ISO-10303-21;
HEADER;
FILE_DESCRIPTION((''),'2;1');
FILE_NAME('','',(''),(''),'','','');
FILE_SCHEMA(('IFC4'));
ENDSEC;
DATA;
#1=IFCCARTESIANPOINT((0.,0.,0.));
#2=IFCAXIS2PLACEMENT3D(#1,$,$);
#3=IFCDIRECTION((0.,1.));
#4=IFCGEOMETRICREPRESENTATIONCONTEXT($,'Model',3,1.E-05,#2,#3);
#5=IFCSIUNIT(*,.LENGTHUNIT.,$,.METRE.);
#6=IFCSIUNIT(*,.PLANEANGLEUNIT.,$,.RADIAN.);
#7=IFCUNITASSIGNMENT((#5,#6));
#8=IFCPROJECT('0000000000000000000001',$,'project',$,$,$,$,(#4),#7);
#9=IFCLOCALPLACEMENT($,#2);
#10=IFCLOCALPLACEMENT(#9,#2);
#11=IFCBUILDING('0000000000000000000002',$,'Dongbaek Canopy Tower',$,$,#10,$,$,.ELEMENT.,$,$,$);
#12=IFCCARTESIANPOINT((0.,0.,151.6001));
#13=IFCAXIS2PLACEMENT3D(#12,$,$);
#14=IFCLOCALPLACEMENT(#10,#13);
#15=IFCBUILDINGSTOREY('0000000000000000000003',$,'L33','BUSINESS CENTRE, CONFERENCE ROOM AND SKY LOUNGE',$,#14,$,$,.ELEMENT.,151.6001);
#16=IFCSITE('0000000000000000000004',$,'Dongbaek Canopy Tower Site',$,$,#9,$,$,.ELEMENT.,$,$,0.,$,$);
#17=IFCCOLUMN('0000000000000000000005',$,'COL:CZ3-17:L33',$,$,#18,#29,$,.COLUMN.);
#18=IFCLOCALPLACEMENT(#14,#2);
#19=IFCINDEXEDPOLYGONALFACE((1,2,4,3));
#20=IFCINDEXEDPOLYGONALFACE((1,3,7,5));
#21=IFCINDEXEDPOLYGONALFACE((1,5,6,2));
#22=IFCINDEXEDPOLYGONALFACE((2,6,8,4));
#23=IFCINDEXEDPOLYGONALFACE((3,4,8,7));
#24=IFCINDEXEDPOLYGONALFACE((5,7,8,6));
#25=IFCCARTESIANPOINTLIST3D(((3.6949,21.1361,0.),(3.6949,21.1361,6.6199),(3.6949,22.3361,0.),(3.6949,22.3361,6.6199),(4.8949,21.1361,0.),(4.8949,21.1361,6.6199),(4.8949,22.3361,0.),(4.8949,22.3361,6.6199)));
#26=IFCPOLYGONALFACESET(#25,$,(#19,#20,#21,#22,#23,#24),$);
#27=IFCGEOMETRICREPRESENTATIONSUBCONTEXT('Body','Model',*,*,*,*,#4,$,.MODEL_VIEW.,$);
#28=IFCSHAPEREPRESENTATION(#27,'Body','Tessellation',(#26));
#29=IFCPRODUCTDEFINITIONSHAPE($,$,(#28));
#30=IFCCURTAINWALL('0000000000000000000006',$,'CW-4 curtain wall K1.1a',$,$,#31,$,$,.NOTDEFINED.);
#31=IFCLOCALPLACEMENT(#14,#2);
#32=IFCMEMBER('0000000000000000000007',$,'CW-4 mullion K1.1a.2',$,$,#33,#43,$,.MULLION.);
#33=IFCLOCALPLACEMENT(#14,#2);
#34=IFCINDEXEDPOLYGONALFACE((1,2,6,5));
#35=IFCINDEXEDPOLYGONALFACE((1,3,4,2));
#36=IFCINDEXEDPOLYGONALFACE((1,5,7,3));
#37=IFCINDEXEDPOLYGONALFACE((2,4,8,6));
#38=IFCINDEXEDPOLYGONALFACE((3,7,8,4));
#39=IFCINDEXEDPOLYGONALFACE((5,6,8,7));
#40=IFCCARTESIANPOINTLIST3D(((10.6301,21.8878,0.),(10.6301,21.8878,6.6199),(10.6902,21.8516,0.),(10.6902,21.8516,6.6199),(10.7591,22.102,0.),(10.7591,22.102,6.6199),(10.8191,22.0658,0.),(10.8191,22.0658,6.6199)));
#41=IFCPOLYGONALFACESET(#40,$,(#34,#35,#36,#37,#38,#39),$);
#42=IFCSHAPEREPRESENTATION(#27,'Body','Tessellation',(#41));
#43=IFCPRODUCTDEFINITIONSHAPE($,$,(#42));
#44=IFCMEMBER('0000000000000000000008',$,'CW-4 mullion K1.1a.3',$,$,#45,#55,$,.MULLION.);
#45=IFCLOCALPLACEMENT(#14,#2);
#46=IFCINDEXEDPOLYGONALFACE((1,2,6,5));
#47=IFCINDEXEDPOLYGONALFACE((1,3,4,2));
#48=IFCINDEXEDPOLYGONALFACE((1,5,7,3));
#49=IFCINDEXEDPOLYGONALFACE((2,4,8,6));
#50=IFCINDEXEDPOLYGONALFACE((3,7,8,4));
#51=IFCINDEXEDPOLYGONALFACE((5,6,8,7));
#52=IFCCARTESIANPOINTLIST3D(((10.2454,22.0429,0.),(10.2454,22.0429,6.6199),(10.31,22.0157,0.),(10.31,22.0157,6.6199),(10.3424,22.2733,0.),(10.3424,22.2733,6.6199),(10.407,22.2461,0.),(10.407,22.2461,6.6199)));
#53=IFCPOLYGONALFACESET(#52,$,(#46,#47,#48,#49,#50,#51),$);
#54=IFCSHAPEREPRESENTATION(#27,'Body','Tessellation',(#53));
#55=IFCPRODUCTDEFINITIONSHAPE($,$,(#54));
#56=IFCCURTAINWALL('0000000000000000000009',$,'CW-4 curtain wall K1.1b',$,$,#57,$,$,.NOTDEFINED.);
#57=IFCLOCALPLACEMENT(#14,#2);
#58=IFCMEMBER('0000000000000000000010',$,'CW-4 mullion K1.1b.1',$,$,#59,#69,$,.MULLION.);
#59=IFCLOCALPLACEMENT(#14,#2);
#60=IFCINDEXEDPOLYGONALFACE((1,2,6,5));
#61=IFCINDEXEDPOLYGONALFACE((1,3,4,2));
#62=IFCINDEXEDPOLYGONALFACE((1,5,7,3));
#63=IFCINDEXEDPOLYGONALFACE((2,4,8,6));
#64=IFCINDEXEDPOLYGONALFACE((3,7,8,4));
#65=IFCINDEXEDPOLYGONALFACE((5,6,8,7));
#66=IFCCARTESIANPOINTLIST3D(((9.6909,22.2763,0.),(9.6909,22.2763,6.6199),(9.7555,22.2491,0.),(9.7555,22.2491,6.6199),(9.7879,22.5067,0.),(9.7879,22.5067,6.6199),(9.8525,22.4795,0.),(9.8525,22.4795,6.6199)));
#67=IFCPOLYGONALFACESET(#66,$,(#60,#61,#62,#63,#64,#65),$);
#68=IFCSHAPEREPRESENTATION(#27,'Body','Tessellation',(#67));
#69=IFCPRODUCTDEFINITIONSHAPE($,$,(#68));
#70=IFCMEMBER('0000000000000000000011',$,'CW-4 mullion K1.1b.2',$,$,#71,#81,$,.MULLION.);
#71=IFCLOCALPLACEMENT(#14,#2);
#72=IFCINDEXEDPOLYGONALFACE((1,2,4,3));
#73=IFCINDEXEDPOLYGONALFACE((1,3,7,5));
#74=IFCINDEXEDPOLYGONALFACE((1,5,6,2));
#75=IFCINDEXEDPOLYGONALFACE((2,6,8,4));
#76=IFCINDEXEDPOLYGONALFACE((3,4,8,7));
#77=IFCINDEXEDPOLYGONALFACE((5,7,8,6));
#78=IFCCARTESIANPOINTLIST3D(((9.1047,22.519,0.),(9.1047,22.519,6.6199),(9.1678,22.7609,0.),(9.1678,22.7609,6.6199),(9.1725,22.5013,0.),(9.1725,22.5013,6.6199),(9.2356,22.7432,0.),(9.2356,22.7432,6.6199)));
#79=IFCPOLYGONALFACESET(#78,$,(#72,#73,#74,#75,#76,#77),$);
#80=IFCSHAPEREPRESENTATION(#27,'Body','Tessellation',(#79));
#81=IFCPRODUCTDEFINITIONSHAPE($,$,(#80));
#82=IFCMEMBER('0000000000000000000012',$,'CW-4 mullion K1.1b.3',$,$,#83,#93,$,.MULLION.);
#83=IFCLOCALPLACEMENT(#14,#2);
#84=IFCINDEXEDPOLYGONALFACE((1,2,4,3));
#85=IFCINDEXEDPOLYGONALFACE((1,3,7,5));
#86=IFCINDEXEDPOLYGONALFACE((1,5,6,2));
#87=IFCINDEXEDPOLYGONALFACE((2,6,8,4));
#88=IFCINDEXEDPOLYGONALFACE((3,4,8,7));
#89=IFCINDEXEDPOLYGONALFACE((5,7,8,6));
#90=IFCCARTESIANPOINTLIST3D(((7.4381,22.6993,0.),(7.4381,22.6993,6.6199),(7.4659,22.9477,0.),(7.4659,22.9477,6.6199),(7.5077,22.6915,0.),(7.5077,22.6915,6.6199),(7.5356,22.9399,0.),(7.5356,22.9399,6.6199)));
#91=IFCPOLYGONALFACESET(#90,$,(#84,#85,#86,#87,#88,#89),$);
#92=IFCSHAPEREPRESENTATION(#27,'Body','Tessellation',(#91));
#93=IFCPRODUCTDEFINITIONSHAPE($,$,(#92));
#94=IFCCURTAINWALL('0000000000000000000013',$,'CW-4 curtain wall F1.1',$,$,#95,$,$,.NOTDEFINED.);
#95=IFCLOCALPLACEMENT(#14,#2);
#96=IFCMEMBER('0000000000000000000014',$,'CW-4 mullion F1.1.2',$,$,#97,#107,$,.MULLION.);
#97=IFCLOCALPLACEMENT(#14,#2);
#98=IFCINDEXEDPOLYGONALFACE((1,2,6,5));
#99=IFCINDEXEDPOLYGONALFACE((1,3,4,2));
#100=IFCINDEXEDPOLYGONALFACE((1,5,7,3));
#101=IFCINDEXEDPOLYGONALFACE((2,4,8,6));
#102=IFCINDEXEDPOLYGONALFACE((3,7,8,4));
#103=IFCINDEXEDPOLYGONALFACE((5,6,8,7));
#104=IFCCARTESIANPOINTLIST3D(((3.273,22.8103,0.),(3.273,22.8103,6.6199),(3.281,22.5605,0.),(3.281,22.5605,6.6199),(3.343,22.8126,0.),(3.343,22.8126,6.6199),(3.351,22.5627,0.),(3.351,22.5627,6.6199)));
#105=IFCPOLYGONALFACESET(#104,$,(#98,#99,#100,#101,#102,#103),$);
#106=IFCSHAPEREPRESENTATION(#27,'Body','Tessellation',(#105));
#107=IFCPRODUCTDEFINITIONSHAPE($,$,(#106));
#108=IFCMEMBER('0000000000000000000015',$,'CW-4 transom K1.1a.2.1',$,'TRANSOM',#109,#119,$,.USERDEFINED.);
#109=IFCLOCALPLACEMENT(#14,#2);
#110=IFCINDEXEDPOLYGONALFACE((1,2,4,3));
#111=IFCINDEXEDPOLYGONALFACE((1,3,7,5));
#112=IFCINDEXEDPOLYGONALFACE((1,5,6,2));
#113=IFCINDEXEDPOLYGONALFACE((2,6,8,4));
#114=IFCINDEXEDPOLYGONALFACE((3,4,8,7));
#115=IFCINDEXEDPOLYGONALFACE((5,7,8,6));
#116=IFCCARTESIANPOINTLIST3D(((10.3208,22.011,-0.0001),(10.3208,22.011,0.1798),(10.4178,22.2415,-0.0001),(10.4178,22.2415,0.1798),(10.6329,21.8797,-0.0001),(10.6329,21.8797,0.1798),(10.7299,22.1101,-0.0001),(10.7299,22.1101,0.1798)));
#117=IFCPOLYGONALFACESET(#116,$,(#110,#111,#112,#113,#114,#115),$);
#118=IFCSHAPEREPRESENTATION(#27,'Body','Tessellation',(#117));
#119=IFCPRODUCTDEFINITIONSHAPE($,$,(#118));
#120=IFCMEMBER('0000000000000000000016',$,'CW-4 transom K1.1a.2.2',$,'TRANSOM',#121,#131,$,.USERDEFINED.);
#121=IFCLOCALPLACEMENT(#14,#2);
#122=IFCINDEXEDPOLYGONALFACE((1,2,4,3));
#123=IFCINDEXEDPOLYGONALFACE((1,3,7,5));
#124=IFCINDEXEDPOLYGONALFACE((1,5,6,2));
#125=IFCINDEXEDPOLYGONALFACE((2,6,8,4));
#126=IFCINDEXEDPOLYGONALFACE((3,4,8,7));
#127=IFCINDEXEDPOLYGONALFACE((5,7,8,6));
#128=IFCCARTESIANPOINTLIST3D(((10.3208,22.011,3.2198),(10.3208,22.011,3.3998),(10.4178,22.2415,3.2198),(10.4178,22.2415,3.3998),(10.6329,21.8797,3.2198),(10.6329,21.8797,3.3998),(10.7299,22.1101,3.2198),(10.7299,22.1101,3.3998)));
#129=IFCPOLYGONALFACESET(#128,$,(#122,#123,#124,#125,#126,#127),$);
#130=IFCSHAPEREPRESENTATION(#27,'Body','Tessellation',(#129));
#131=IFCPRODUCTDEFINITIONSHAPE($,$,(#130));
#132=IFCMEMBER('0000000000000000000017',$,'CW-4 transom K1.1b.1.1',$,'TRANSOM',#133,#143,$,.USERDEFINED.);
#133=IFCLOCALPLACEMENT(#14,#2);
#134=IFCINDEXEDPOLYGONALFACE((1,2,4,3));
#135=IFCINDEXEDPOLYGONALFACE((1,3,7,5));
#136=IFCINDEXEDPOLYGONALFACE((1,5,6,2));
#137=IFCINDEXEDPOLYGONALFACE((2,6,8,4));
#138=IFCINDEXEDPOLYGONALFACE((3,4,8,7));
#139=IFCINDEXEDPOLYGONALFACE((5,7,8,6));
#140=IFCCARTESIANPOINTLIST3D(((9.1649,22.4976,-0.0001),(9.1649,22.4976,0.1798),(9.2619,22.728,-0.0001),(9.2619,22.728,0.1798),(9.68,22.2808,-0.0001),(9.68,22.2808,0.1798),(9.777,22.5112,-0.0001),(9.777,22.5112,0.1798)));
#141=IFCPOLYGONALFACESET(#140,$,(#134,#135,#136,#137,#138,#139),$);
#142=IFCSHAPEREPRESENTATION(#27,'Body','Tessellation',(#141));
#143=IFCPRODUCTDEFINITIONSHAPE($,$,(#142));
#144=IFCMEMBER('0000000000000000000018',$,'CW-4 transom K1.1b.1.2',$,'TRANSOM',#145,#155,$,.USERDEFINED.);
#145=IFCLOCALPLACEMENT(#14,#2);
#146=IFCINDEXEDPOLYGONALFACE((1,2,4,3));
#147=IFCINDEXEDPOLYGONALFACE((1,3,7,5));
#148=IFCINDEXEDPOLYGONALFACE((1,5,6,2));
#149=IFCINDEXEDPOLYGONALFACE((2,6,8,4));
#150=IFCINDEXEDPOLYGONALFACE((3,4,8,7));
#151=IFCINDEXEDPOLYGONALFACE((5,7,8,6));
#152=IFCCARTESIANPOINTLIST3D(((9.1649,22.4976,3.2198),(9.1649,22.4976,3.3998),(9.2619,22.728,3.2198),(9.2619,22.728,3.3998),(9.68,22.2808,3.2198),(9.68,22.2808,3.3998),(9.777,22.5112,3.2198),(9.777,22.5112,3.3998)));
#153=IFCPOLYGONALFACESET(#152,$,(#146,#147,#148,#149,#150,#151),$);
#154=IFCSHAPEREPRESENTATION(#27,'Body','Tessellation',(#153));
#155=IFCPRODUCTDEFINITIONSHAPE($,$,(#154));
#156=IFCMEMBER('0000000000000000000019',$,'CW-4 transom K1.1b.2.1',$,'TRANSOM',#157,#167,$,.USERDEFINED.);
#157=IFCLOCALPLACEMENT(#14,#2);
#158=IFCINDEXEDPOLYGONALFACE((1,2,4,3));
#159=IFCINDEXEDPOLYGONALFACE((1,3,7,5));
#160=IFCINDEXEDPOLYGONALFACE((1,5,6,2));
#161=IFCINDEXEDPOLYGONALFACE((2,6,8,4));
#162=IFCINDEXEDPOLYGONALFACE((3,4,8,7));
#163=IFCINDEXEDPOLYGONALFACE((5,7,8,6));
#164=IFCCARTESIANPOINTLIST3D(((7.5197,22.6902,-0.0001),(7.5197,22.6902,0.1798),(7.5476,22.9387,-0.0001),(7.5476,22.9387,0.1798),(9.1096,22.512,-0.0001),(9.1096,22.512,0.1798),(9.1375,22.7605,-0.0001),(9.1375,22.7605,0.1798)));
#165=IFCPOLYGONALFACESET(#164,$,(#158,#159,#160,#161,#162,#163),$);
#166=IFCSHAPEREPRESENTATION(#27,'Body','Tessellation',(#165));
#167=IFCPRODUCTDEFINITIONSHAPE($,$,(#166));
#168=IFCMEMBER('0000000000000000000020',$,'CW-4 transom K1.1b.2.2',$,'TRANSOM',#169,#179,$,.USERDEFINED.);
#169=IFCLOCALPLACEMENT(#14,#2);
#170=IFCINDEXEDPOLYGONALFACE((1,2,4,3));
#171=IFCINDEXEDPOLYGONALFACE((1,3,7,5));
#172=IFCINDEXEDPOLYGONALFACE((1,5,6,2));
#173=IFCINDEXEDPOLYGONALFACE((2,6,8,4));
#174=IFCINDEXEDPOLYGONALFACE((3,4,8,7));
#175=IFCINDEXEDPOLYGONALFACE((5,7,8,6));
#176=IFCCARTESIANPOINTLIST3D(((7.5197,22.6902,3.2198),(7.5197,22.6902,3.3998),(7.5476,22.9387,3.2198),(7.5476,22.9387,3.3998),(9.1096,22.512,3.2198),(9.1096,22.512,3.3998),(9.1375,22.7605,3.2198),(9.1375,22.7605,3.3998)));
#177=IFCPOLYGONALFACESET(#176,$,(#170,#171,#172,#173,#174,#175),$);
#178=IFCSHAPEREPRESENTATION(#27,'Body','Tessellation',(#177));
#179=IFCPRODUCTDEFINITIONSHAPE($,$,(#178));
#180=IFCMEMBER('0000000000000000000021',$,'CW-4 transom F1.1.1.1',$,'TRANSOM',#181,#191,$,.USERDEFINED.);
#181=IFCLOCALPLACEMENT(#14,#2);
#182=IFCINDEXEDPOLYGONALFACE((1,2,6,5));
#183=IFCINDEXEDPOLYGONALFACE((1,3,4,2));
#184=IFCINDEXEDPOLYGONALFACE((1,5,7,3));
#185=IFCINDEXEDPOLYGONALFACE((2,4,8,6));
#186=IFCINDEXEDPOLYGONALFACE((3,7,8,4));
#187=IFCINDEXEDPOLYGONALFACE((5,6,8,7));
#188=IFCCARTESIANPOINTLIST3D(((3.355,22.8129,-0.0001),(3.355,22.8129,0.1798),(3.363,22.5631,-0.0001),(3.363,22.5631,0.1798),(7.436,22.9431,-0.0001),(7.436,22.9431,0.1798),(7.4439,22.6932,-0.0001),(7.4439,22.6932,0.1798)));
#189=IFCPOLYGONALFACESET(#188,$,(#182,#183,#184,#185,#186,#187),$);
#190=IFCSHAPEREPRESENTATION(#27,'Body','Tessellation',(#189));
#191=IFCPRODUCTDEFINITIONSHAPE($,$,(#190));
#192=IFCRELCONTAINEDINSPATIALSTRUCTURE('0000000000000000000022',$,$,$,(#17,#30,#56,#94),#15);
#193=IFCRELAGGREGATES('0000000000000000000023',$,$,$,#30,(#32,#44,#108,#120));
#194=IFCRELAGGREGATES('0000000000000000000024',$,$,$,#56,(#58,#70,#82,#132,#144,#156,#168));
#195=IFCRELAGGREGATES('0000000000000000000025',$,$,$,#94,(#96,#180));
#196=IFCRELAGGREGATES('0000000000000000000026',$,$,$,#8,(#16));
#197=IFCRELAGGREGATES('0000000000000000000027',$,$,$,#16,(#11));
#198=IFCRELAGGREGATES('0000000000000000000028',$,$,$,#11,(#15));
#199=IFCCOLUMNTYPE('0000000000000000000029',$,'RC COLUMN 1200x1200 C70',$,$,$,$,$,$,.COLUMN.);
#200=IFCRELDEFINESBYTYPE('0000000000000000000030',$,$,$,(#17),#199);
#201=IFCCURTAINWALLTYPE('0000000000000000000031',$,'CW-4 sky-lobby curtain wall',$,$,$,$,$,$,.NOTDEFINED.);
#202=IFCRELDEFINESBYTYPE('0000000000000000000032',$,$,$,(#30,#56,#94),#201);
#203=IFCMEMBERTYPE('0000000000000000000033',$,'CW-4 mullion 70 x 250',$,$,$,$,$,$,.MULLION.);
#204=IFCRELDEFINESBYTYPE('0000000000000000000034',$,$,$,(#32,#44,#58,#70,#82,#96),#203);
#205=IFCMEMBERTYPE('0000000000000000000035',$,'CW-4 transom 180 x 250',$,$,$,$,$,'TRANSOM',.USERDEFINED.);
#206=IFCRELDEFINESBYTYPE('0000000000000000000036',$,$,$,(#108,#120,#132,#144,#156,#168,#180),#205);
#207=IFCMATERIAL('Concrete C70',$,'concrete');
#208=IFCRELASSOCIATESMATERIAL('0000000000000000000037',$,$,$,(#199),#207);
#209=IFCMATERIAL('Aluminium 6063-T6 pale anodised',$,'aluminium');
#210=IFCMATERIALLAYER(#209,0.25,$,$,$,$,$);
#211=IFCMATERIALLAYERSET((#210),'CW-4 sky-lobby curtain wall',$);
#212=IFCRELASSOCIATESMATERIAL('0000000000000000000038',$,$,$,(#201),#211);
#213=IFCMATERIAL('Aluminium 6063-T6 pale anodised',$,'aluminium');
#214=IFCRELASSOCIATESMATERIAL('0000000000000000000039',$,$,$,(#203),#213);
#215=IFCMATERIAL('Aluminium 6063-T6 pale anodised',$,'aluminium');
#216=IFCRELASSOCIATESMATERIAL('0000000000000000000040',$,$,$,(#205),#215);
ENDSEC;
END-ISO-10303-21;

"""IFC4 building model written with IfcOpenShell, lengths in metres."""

from ifc_helpers import new_model, si_unit, direction, frame, origin, origin_2d, place, context, subcontext, project, spatial, rectangle, extrude, material, layer, layer_set, material_profile, profile_set, type_object, element, aggregate, save


model = new_model("IFC4")

# Units and contexts
model_context = context("Model", 3, precision=1e-05, world=origin(), true_north=direction((0.0, 1.0)))
body_context = subcontext(model_context, "Body", "Model", "MODEL_VIEW")
ifc_project = project(units=[si_unit("LENGTHUNIT", "METRE"), si_unit("PLANEANGLEUNIT", "RADIAN")], contexts=[model_context])

# Site, building, storey
site_placement = place(None, origin())
site = spatial("IfcSite", under=ifc_project, at=site_placement, Name="Dongbaek Canopy Tower Site", CompositionType="ELEMENT", RefElevation=0.0)
building_placement = place(site_placement, origin())
building = spatial("IfcBuilding", under=site, at=building_placement, Name="Dongbaek Canopy Tower", CompositionType="ELEMENT")
storey_placement = place(building_placement, frame((0.0, 0.0, 151.6001)))
storey = spatial("IfcBuildingStorey", under=building, at=storey_placement, Name="L33", Description="BUSINESS CENTRE, CONFERENCE ROOM AND SKY LOUNGE", CompositionType="ELEMENT", Elevation=151.6001)

# Column
ifc_material_1 = material(Name="Concrete C70", Category="concrete")
ifc_material_profile_1 = material_profile(ifc_material_1, rectangle(XDim=1.2, YDim=1.2, at=origin_2d()), Name="RC COLUMN 1200x1200 C70")
ifc_profile_set_1 = profile_set([ifc_material_profile_1], Name="Concrete C70")
column_type = type_object("IfcColumnType", Name="RC COLUMN 1200x1200 C70", PredefinedType="COLUMN", material=ifc_profile_set_1)
column_placement = place(storey_placement, frame((4.2949, 21.7361, 0.0), z_axis=(0.0, 0.0, 1.0), x_axis=(1.0, 0.0, 0.0)))
element("IfcColumn", 1, at=column_placement, inside=storey, type_object=column_type, Name="COL:CZ3-17:L33", PredefinedType="COLUMN", context=body_context, shape_type="SweptSolid", body=[
    extrude(rectangle(XDim=1.2, YDim=1.2, at=origin_2d()), origin(), (0.0, 0.0, 1.0), 6.6199),
])

# Curtain walls, members
ifc_material_2 = material(Name="Aluminium 6063-T6 pale anodised", Category="aluminium")
ifc_layer_1 = layer(ifc_material_2, 0.25)
ifc_layer_set_1 = layer_set([ifc_layer_1], Name="CW-4 sky-lobby curtain wall")
curtain_wall_type = type_object("IfcCurtainWallType", Name="CW-4 sky-lobby curtain wall", PredefinedType="NOTDEFINED", material=ifc_layer_set_1)
curtain_wall_1_placement = place(storey_placement, origin())
curtain_wall_1 = element("IfcCurtainWall", 2, at=curtain_wall_1_placement, inside=storey, type_object=curtain_wall_type, Name="CW-4 curtain wall K1.1a", PredefinedType="NOTDEFINED")
ifc_material_3 = material(Name="Aluminium 6063-T6 pale anodised", Category="aluminium")
ifc_material_profile_2 = material_profile(ifc_material_3, rectangle(XDim=0.25, YDim=0.0701, at=origin_2d()), Name="CW-4 mullion 70 x 250")
ifc_profile_set_2 = profile_set([ifc_material_profile_2], Name="Aluminium 6063-T6 pale anodised")
member_type_1 = type_object("IfcMemberType", Name="CW-4 mullion 70 x 250", PredefinedType="MULLION", material=ifc_profile_set_2)
member_1_placement = place(storey_placement, frame((10.7246, 21.9768, 0.0), z_axis=(0.0, 0.0, 1.0), x_axis=(0.515776, 0.856724, 0.0)))
member_1 = element("IfcMember", 3, at=member_1_placement, type_object=member_type_1, Name="CW-4 mullion K1.1a.2", PredefinedType="MULLION", context=body_context, shape_type="SweptSolid", body=[
    extrude(rectangle(XDim=0.25, YDim=0.0701, at=origin_2d()), origin(), (0.0, 0.0, 1.0), 6.6199),
])
member_2_placement = place(storey_placement, frame((10.3262, 22.1445, 0.0), z_axis=(0.0, 0.0, 1.0), x_axis=(0.388005, 0.921657, 0.0)))
member_2 = element("IfcMember", 4, at=member_2_placement, type_object=member_type_1, Name="CW-4 mullion K1.1a.3", PredefinedType="MULLION", context=body_context, shape_type="SweptSolid", body=[
    extrude(rectangle(XDim=0.25, YDim=0.0701, at=origin_2d()), origin(), (0.0, 0.0, 1.0), 6.6199),
])
curtain_wall_2_placement = place(storey_placement, origin())
curtain_wall_2 = element("IfcCurtainWall", 5, at=curtain_wall_2_placement, inside=storey, type_object=curtain_wall_type, Name="CW-4 curtain wall K1.1b", PredefinedType="NOTDEFINED")
member_3_placement = place(storey_placement, frame((9.7717, 22.3779, 0.0), z_axis=(0.0, 0.0, 1.0), x_axis=(0.388005, 0.921657, 0.0)))
member_3 = element("IfcMember", 6, at=member_3_placement, type_object=member_type_1, Name="CW-4 mullion K1.1b.1", PredefinedType="MULLION", context=body_context, shape_type="SweptSolid", body=[
    extrude(rectangle(XDim=0.25, YDim=0.0701, at=origin_2d()), origin(), (0.0, 0.0, 1.0), 6.6199),
])
member_4_placement = place(storey_placement, frame((9.1702, 22.6311, 0.0), z_axis=(0.0, 0.0, 1.0), x_axis=(0.252265, 0.967658, 0.0)))
member_4 = element("IfcMember", 7, at=member_4_placement, type_object=member_type_1, Name="CW-4 mullion K1.1b.2", PredefinedType="MULLION", context=body_context, shape_type="SweptSolid", body=[
    extrude(rectangle(XDim=0.25, YDim=0.0701, at=origin_2d()), origin(), (0.0, 0.0, 1.0), 6.6199),
])
member_5_placement = place(storey_placement, frame((7.4868, 22.8196, 0.0), z_axis=(0.0, 0.0, 1.0), x_axis=(0.111342, 0.993782, 0.0)))
member_5 = element("IfcMember", 8, at=member_5_placement, type_object=member_type_1, Name="CW-4 mullion K1.1b.3", PredefinedType="MULLION", context=body_context, shape_type="SweptSolid", body=[
    extrude(rectangle(XDim=0.25, YDim=0.0701, at=origin_2d()), origin(), (0.0, 0.0, 1.0), 6.6199),
])

# Curtain wall, member
curtain_wall_3_placement = place(storey_placement, origin())
curtain_wall_3 = element("IfcCurtainWall", 9, at=curtain_wall_3_placement, inside=storey, type_object=curtain_wall_type, Name="CW-4 curtain wall F1.1", PredefinedType="NOTDEFINED")
member_6_placement = place(storey_placement, frame((3.312, 22.6865, 0.0), z_axis=(0.0, 0.0, 1.0), x_axis=(-0.031868, 0.999492, 0.0)))
member_6 = element("IfcMember", 10, at=member_6_placement, type_object=member_type_1, Name="CW-4 mullion F1.1.2", PredefinedType="MULLION", context=body_context, shape_type="SweptSolid", body=[
    extrude(rectangle(XDim=0.25, YDim=0.0701, at=origin_2d()), origin(), (0.0, 0.0, 1.0), 6.6199),
])

# Members
ifc_material_4 = material(Name="Aluminium 6063-T6 pale anodised", Category="aluminium")
ifc_material_profile_3 = material_profile(ifc_material_4, rectangle(XDim=0.25, YDim=0.1799, at=origin_2d()), Name="CW-4 transom 180 x 250")
ifc_profile_set_3 = profile_set([ifc_material_profile_3], Name="Aluminium 6063-T6 pale anodised")
member_type_2 = type_object("IfcMemberType", Name="CW-4 transom 180 x 250", ElementType="TRANSOM", PredefinedType="USERDEFINED", material=ifc_profile_set_3)
member_7_placement = place(storey_placement, frame((10.6814, 21.9949, 0.0898), z_axis=(-0.921663, 0.387993, 0.0), x_axis=(-0.387993, -0.921663, 0.0)))
member_7 = element("IfcMember", 11, at=member_7_placement, type_object=member_type_2, Name="CW-4 transom K1.1a.2.1", ObjectType="TRANSOM", PredefinedType="USERDEFINED", context=body_context, shape_type="SweptSolid", body=[
    extrude(rectangle(XDim=0.25, YDim=0.1799, at=origin_2d()), origin(), (0.0, 0.0, 1.0), 0.3386),
])
member_8_placement = place(storey_placement, frame((10.6814, 21.9949, 3.3098), z_axis=(-0.921663, 0.387993, 0.0), x_axis=(-0.387993, -0.921663, 0.0)))
member_8 = element("IfcMember", 12, at=member_8_placement, type_object=member_type_2, Name="CW-4 transom K1.1a.2.2", ObjectType="TRANSOM", PredefinedType="USERDEFINED", context=body_context, shape_type="SweptSolid", body=[
    extrude(rectangle(XDim=0.25, YDim=0.1799, at=origin_2d()), origin(), (0.0, 0.0, 1.0), 0.3386),
])
member_9_placement = place(storey_placement, frame((9.7285, 22.396, 0.0898), z_axis=(-0.921701, 0.387901, 0.0), x_axis=(-0.387901, -0.921701, 0.0)))
member_9 = element("IfcMember", 13, at=member_9_placement, type_object=member_type_2, Name="CW-4 transom K1.1b.1.1", ObjectType="TRANSOM", PredefinedType="USERDEFINED", context=body_context, shape_type="SweptSolid", body=[
    extrude(rectangle(XDim=0.25, YDim=0.1799, at=origin_2d()), origin(), (0.0, 0.0, 1.0), 0.5588),
])
member_10_placement = place(storey_placement, frame((9.7285, 22.396, 3.3098), z_axis=(-0.921701, 0.387901, 0.0), x_axis=(-0.387901, -0.921701, 0.0)))
member_10 = element("IfcMember", 14, at=member_10_placement, type_object=member_type_2, Name="CW-4 transom K1.1b.1.2", ObjectType="TRANSOM", PredefinedType="USERDEFINED", context=body_context, shape_type="SweptSolid", body=[
    extrude(rectangle(XDim=0.25, YDim=0.1799, at=origin_2d()), origin(), (0.0, 0.0, 1.0), 0.5588),
])
member_11_placement = place(storey_placement, frame((9.1235, 22.6362, 0.0898), z_axis=(-0.993775, 0.111403, 0.0), x_axis=(-0.111403, -0.993775, 0.0)))
member_11 = element("IfcMember", 15, at=member_11_placement, type_object=member_type_2, Name="CW-4 transom K1.1b.2.1", ObjectType="TRANSOM", PredefinedType="USERDEFINED", context=body_context, shape_type="SweptSolid", body=[
    extrude(rectangle(XDim=0.25, YDim=0.1799, at=origin_2d()), origin(), (0.0, 0.0, 1.0), 1.5999),
])
member_12_placement = place(storey_placement, frame((9.1235, 22.6362, 3.3098), z_axis=(-0.993775, 0.111403, 0.0), x_axis=(-0.111403, -0.993775, 0.0)))
member_12 = element("IfcMember", 16, at=member_12_placement, type_object=member_type_2, Name="CW-4 transom K1.1b.2.2", ObjectType="TRANSOM", PredefinedType="USERDEFINED", context=body_context, shape_type="SweptSolid", body=[
    extrude(rectangle(XDim=0.25, YDim=0.1799, at=origin_2d()), origin(), (0.0, 0.0, 1.0), 1.5999),
])
member_13_placement = place(storey_placement, frame((7.4399, 22.8181, 0.0898), z_axis=(-0.999492, -0.031869, 0.0), x_axis=(0.031869, -0.999492, 0.0)))
member_13 = element("IfcMember", 17, at=member_13_placement, type_object=member_type_2, Name="CW-4 transom F1.1.1.1", ObjectType="TRANSOM", PredefinedType="USERDEFINED", context=body_context, shape_type="SweptSolid", body=[
    extrude(rectangle(XDim=0.25, YDim=0.1799, at=origin_2d()), origin(), (0.0, 0.0, 1.0), 4.083),
])

aggregate(curtain_wall_1, [member_1, member_2, member_7, member_8])
aggregate(curtain_wall_2, [member_3, member_4, member_5, member_9, member_10, member_11, member_12])

aggregate(curtain_wall_3, [member_6, member_13])

save(model, "model.ifc")
